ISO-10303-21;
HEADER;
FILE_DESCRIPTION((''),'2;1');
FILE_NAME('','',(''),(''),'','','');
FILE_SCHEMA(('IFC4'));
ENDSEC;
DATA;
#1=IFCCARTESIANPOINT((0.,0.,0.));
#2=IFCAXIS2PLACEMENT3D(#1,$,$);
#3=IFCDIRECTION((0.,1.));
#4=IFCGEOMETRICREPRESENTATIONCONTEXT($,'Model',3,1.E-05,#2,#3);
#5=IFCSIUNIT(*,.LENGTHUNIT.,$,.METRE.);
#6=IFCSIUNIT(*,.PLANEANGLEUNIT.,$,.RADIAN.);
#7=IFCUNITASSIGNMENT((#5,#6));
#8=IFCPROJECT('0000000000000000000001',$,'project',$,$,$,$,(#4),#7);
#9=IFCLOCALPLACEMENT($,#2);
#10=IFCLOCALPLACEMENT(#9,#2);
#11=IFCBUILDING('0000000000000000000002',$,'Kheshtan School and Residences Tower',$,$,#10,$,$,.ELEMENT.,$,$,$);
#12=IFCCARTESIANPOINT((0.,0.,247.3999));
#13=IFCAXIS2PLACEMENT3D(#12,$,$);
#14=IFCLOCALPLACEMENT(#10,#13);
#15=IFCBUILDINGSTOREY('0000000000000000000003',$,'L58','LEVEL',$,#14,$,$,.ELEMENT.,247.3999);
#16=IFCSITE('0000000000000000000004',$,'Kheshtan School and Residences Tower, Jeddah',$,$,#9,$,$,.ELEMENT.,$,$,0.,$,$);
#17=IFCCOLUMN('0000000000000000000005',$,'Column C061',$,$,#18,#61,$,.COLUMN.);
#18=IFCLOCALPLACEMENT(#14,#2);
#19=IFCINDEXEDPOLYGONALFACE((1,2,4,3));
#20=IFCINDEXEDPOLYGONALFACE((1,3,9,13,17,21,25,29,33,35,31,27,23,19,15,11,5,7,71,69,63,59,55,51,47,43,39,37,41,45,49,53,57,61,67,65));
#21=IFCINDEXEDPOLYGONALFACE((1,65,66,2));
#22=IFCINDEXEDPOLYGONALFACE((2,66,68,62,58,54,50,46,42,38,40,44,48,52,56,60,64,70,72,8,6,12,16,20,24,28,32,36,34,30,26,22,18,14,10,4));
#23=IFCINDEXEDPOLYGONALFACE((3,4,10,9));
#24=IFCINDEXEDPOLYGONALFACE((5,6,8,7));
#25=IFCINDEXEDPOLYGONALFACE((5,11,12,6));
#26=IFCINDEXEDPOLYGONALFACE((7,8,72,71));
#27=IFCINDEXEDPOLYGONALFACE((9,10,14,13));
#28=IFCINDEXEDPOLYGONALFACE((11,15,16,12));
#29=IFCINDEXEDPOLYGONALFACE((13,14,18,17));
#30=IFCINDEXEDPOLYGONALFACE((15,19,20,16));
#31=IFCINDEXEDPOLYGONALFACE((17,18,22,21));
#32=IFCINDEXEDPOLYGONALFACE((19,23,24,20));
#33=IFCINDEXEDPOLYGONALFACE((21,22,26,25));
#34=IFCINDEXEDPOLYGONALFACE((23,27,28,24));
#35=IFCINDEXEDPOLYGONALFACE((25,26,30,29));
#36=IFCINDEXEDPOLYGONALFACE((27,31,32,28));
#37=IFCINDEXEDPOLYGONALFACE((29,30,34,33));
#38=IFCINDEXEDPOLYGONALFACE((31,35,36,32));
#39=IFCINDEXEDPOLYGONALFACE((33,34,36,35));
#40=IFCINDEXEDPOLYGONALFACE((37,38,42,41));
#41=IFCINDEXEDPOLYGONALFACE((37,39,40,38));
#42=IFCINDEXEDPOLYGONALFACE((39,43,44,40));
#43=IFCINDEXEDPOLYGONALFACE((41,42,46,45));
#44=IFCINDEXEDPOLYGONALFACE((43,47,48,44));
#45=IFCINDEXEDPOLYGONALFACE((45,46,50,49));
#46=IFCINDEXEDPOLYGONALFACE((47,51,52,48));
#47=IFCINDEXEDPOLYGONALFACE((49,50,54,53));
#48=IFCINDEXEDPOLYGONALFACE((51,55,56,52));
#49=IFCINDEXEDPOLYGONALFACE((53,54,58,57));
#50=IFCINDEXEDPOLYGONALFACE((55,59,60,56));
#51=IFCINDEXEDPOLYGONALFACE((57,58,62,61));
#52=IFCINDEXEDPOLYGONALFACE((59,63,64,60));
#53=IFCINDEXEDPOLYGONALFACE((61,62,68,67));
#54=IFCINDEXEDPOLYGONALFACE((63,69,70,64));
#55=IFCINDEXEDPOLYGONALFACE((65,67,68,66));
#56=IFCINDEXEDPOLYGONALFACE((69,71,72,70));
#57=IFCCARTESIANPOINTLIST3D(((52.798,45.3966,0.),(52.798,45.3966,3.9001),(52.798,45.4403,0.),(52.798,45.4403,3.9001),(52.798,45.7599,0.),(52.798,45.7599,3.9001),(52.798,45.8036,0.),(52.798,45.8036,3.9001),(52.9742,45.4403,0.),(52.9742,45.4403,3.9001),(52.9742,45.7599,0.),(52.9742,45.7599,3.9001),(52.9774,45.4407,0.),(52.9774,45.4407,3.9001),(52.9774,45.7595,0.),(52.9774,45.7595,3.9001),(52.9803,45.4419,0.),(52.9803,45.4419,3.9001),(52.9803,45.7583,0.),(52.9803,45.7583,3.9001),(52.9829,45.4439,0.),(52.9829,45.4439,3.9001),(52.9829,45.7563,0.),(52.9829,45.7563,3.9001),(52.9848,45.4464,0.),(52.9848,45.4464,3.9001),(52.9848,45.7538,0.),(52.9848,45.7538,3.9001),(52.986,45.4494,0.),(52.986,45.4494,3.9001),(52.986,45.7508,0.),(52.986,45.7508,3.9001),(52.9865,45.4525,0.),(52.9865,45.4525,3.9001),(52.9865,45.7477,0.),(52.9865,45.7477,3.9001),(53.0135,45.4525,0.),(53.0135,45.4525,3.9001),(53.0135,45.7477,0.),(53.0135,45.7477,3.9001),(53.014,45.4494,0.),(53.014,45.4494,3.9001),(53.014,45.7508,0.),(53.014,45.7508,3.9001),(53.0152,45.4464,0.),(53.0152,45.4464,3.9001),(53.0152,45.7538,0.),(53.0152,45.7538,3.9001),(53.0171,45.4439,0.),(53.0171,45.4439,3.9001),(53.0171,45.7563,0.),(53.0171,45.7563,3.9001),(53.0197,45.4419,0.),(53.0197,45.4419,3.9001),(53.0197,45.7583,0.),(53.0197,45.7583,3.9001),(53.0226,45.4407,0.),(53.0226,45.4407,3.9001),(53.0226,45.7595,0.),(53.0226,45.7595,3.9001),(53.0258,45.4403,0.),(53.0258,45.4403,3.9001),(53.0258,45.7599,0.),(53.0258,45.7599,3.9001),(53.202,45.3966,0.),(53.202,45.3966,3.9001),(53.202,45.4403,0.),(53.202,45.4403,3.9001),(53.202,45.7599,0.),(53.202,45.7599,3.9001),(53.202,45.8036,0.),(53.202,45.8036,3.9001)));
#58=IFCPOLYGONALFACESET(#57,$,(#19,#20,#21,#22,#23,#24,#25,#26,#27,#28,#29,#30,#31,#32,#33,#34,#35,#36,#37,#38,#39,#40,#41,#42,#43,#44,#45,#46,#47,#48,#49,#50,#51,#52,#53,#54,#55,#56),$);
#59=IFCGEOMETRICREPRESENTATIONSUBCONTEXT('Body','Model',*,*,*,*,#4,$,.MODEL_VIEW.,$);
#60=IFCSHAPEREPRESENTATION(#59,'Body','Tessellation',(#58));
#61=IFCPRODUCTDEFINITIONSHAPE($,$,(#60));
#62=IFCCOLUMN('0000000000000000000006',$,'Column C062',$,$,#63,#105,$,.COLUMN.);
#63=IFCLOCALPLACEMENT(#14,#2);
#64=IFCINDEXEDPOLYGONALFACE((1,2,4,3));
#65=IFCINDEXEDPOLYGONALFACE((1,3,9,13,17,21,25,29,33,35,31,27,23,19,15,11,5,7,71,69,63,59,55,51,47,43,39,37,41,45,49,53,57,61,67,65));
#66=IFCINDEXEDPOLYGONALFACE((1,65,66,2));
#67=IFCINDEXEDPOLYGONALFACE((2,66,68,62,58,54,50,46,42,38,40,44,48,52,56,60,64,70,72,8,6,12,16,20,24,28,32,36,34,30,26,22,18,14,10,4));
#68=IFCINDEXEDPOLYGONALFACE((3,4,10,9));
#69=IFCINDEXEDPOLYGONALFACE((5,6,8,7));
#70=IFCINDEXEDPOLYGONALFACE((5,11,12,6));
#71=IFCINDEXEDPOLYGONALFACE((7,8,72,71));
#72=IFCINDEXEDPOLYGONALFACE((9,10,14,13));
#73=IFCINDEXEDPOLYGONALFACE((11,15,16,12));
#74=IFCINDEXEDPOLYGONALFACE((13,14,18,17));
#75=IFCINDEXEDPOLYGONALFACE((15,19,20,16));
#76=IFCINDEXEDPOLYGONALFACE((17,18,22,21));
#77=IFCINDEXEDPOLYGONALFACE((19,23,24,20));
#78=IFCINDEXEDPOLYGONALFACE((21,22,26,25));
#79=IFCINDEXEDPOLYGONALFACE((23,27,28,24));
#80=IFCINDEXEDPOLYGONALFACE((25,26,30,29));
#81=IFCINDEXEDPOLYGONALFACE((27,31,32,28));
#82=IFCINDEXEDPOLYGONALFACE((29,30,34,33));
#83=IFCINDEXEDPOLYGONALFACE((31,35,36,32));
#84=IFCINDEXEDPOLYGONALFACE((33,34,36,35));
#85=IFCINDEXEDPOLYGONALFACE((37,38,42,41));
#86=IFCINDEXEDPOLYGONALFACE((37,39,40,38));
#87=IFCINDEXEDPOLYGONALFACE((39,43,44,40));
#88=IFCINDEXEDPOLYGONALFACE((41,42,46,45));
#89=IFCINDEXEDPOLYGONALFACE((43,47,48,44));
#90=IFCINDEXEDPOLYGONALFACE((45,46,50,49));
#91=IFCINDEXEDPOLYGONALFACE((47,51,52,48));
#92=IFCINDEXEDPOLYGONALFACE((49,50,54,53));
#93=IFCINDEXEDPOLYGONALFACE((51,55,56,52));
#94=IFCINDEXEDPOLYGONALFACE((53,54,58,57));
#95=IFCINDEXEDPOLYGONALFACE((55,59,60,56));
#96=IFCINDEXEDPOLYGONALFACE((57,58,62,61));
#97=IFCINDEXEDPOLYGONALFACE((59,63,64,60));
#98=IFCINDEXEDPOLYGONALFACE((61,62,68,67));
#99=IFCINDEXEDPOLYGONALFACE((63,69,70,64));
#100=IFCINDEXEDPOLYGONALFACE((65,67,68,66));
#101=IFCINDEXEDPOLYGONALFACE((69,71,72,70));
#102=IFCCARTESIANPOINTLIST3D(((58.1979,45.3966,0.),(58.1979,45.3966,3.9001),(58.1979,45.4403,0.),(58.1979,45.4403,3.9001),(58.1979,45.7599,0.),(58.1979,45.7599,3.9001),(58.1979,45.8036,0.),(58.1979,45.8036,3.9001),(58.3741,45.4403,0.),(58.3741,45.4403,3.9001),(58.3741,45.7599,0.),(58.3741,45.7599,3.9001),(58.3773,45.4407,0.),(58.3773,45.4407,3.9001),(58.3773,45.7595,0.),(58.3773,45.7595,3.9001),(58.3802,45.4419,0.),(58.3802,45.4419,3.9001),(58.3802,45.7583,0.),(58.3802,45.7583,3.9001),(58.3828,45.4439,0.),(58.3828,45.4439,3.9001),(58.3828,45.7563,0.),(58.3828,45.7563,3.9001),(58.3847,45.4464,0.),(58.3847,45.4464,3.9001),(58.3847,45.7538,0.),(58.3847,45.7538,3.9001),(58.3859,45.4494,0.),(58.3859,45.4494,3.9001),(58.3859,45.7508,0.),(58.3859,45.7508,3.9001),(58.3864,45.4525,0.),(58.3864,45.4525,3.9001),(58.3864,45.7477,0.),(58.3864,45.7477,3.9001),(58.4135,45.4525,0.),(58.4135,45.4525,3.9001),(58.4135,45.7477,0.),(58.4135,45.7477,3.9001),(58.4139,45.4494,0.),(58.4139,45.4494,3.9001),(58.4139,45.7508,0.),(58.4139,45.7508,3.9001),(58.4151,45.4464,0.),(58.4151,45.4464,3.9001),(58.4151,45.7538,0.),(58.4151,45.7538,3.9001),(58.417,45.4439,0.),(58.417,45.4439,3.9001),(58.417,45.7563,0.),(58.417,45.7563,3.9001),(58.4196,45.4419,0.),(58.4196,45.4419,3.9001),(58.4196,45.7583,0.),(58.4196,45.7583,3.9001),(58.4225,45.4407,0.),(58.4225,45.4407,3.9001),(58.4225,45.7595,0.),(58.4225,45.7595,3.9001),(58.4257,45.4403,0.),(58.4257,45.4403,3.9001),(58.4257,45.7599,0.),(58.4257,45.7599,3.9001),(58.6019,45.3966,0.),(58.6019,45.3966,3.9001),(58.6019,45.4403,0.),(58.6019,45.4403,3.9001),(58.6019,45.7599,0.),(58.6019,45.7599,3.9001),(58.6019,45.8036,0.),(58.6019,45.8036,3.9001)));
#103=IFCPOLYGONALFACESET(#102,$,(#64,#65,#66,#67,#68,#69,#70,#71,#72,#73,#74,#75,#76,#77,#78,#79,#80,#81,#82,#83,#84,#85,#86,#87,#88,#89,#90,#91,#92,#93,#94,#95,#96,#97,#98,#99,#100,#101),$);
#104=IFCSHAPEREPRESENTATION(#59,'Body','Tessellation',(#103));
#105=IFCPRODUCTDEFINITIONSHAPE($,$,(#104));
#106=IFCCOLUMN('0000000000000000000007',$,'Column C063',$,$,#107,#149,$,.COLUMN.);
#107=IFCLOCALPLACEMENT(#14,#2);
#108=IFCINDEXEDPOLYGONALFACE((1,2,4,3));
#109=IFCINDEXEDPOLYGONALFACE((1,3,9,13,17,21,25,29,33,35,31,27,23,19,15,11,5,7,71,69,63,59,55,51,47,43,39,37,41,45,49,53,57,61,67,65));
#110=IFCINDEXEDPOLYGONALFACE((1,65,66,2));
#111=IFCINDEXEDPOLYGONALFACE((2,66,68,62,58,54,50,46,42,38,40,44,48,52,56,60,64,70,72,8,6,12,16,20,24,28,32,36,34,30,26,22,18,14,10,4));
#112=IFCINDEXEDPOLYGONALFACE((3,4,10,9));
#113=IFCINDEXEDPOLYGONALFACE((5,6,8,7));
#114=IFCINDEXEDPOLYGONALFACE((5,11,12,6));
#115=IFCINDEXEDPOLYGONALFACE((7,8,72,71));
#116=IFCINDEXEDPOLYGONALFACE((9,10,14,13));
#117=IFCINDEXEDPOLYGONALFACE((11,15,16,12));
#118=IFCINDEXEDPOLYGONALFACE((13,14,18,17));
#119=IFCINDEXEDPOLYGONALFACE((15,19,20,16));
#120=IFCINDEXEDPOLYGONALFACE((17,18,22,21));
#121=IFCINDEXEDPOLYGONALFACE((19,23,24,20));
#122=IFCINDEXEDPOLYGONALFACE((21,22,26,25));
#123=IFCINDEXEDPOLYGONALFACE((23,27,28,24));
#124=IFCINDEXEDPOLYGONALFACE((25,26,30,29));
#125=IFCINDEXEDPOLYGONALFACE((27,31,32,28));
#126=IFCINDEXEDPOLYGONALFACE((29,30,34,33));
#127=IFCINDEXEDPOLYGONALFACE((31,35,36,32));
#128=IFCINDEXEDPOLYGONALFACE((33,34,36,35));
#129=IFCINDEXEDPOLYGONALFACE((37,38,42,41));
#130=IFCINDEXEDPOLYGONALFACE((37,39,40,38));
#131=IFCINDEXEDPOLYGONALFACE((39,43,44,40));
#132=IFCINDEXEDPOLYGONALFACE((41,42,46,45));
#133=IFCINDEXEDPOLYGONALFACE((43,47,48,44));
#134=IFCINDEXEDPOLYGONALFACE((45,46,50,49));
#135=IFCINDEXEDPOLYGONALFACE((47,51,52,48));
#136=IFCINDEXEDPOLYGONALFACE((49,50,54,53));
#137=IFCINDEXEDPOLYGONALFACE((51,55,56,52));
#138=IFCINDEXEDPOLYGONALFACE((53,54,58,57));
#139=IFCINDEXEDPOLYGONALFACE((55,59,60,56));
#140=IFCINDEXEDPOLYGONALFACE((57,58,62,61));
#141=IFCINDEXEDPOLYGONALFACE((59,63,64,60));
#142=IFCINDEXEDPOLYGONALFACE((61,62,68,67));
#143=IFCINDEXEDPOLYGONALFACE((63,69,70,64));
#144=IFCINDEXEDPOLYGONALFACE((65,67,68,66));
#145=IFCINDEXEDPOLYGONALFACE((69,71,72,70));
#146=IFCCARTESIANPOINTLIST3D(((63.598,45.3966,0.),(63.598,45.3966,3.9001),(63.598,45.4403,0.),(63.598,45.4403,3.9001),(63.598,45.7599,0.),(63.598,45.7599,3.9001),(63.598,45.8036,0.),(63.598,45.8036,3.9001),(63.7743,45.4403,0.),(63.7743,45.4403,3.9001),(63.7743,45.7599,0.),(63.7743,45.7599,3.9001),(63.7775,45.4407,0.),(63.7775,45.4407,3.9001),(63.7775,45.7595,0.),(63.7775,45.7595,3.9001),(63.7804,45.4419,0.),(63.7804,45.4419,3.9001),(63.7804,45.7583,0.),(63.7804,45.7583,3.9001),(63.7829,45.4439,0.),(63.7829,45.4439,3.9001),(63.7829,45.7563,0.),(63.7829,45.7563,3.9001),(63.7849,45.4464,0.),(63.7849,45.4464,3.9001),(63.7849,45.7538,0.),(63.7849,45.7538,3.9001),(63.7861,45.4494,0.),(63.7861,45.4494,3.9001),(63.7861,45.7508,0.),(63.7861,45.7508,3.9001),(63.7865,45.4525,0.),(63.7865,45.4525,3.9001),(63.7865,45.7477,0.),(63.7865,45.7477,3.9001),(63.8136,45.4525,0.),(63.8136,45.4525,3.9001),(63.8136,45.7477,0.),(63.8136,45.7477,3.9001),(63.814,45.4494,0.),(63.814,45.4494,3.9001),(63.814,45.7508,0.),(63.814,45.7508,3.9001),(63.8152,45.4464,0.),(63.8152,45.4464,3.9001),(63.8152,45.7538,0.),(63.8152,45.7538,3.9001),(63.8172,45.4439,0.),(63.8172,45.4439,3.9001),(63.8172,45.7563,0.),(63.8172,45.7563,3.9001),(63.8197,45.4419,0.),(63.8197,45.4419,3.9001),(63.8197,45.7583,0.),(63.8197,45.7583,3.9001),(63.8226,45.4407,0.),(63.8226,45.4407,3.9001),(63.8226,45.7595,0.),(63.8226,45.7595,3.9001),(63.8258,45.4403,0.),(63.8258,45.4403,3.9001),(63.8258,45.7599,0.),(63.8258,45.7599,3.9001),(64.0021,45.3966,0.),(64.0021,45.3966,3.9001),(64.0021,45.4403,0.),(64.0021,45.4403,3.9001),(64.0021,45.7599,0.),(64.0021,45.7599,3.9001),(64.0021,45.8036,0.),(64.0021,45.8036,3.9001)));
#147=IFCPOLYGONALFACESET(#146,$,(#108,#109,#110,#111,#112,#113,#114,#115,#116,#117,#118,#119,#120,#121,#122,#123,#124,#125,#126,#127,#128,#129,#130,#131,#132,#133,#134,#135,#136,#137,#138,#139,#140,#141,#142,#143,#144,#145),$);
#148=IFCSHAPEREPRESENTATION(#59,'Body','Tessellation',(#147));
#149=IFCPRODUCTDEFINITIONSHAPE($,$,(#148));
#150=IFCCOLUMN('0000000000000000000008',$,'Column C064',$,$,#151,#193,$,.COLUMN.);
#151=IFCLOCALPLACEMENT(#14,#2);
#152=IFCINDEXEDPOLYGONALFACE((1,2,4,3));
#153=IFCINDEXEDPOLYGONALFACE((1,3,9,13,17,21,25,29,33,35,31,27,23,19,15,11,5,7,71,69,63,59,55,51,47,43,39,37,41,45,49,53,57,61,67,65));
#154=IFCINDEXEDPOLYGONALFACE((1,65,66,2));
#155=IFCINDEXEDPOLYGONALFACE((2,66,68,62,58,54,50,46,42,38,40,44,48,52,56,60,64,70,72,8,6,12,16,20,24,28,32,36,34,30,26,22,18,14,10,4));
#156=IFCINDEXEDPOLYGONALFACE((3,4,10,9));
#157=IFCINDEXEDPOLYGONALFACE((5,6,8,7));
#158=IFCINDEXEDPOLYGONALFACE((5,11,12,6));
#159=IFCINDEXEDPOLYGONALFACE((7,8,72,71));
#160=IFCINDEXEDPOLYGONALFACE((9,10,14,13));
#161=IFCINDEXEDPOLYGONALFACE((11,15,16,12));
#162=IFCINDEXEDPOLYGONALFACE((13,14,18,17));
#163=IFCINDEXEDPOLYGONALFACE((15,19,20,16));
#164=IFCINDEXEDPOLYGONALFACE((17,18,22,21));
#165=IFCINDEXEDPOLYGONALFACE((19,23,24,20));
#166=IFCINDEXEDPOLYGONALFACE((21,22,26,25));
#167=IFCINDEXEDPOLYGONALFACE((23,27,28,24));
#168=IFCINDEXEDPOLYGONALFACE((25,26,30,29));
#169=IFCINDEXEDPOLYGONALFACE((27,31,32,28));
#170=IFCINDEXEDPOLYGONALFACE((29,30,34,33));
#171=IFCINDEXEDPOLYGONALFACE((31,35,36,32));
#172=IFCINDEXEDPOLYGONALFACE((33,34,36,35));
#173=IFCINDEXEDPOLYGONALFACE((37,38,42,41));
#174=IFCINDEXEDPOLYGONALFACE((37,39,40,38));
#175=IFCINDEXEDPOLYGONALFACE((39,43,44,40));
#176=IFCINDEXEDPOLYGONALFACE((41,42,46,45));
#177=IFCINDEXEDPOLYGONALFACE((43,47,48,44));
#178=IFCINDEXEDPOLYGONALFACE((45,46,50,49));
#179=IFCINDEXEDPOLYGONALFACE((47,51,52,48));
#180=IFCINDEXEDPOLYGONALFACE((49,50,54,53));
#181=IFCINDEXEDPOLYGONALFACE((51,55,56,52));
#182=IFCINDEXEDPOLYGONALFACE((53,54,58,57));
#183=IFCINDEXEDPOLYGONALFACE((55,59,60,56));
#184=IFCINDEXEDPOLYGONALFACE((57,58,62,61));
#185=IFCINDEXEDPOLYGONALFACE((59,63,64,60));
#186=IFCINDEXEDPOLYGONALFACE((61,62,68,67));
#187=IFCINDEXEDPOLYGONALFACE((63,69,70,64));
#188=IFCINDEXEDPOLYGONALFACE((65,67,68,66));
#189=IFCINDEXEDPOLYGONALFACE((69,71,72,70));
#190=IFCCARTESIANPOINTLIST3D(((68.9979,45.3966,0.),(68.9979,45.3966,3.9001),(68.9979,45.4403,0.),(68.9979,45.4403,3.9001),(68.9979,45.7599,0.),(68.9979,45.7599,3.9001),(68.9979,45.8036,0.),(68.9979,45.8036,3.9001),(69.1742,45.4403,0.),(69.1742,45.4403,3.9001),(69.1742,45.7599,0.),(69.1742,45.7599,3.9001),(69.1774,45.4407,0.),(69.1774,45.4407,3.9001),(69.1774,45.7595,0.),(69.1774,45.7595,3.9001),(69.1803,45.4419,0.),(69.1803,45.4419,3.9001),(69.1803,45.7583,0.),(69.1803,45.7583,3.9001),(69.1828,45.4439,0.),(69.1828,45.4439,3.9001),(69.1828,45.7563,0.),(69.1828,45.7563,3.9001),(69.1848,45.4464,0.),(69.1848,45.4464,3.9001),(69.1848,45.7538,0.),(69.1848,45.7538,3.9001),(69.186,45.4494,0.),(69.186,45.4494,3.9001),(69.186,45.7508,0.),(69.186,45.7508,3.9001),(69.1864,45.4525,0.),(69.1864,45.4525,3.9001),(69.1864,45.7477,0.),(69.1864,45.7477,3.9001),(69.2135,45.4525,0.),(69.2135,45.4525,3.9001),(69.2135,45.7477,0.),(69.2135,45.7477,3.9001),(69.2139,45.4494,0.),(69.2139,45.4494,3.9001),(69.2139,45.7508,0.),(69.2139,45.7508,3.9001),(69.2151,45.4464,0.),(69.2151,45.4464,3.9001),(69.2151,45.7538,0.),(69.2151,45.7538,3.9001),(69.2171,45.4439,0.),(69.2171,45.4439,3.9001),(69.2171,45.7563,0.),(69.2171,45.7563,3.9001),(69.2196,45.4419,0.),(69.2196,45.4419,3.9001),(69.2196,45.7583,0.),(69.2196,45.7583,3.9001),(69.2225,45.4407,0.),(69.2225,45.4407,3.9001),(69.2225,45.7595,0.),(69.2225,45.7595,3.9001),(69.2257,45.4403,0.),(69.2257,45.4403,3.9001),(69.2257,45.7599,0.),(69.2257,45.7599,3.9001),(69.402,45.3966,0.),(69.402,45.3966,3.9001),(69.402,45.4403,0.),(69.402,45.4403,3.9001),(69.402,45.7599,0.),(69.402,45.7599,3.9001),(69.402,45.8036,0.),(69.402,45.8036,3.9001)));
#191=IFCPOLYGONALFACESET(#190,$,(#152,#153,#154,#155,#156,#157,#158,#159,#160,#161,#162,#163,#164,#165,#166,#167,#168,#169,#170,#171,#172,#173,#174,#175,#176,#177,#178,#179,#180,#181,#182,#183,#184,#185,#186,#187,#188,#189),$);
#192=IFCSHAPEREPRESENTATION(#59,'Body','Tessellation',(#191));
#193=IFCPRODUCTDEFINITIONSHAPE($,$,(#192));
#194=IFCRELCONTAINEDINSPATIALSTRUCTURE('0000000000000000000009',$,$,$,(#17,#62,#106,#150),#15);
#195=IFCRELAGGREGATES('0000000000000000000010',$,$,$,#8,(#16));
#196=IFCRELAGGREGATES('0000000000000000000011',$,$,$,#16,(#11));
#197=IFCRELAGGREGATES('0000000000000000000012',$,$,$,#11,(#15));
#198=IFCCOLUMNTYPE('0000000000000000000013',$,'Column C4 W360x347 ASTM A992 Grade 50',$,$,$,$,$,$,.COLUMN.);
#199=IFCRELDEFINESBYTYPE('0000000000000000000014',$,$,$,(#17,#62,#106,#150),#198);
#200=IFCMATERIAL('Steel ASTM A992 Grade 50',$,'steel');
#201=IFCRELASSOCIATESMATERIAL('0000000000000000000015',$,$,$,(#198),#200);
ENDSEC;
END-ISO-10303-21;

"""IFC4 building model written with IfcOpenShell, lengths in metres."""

from ifc_helpers import new_model, si_unit, direction, frame, origin, origin_2d, place, context, subcontext, project, spatial, i_section, extrude, material, material_profile, profile_set, type_object, element, save


model = new_model("IFC4")

# Units and contexts
model_context = context("Model", 3, precision=1e-05, world=origin(), true_north=direction((0.0, 1.0)))
body_context = subcontext(model_context, "Body", "Model", "MODEL_VIEW")
ifc_project = project(units=[si_unit("LENGTHUNIT", "METRE"), si_unit("PLANEANGLEUNIT", "RADIAN")], contexts=[model_context])

# Site, building, storey
site_placement = place(None, origin())
site = spatial("IfcSite", under=ifc_project, at=site_placement, Name="Kheshtan School and Residences Tower, Jeddah", CompositionType="ELEMENT", RefElevation=0.0)
building_placement = place(site_placement, origin())
building = spatial("IfcBuilding", under=site, at=building_placement, Name="Kheshtan School and Residences Tower", CompositionType="ELEMENT")
storey_placement = place(building_placement, frame((0.0, 0.0, 247.3999)))
storey = spatial("IfcBuildingStorey", under=building, at=storey_placement, Name="L58", Description="LEVEL", CompositionType="ELEMENT", Elevation=247.3999)

# Columns
ifc_material_1 = material(Name="Steel ASTM A992 Grade 50", Category="steel")
ifc_material_profile_1 = material_profile(ifc_material_1, i_section(OverallWidth=0.4041, OverallDepth=0.407, WebThickness=0.0271, FlangeThickness=0.0437, FilletRadius=0.0122, at=origin_2d()), Name="W360x347")
ifc_profile_set_1 = profile_set([ifc_material_profile_1], Name="Steel ASTM A992 Grade 50")
column_type = type_object("IfcColumnType", Name="Column C4 W360x347 ASTM A992 Grade 50", PredefinedType="COLUMN", material=ifc_profile_set_1)
for number, where, z_axis, x_axis, name in (
    (1, (53.0, 45.6001, 0.0), (0.0, 0.0, 1.0), (1.0, 0.0, 0.0), "Column C061"),
    (2, (58.3999, 45.6001, 0.0), (0.0, 0.0, 1.0), (1.0, 0.0, 0.0), "Column C062"),
    (3, (63.8, 45.6001, 0.0), (0.0, 0.0, 1.0), (1.0, 0.0, 0.0), "Column C063"),
    (4, (69.2, 45.6001, 0.0), (0.0, 0.0, 1.0), (1.0, 0.0, 0.0), "Column C064"),
):
    element("IfcColumn", number, at=place(storey_placement, frame(where, z_axis=z_axis, x_axis=x_axis)), inside=storey, type_object=column_type, Name=name, PredefinedType="COLUMN", context=body_context, shape_type="SweptSolid", body=[
        extrude(i_section(OverallWidth=0.4041, OverallDepth=0.407, WebThickness=0.0271, FlangeThickness=0.0437, FilletRadius=0.0122, at=origin_2d()), origin(), (0.0, 0.0, 1.0), 3.9001),
    ])

save(model, "model.ifc")
